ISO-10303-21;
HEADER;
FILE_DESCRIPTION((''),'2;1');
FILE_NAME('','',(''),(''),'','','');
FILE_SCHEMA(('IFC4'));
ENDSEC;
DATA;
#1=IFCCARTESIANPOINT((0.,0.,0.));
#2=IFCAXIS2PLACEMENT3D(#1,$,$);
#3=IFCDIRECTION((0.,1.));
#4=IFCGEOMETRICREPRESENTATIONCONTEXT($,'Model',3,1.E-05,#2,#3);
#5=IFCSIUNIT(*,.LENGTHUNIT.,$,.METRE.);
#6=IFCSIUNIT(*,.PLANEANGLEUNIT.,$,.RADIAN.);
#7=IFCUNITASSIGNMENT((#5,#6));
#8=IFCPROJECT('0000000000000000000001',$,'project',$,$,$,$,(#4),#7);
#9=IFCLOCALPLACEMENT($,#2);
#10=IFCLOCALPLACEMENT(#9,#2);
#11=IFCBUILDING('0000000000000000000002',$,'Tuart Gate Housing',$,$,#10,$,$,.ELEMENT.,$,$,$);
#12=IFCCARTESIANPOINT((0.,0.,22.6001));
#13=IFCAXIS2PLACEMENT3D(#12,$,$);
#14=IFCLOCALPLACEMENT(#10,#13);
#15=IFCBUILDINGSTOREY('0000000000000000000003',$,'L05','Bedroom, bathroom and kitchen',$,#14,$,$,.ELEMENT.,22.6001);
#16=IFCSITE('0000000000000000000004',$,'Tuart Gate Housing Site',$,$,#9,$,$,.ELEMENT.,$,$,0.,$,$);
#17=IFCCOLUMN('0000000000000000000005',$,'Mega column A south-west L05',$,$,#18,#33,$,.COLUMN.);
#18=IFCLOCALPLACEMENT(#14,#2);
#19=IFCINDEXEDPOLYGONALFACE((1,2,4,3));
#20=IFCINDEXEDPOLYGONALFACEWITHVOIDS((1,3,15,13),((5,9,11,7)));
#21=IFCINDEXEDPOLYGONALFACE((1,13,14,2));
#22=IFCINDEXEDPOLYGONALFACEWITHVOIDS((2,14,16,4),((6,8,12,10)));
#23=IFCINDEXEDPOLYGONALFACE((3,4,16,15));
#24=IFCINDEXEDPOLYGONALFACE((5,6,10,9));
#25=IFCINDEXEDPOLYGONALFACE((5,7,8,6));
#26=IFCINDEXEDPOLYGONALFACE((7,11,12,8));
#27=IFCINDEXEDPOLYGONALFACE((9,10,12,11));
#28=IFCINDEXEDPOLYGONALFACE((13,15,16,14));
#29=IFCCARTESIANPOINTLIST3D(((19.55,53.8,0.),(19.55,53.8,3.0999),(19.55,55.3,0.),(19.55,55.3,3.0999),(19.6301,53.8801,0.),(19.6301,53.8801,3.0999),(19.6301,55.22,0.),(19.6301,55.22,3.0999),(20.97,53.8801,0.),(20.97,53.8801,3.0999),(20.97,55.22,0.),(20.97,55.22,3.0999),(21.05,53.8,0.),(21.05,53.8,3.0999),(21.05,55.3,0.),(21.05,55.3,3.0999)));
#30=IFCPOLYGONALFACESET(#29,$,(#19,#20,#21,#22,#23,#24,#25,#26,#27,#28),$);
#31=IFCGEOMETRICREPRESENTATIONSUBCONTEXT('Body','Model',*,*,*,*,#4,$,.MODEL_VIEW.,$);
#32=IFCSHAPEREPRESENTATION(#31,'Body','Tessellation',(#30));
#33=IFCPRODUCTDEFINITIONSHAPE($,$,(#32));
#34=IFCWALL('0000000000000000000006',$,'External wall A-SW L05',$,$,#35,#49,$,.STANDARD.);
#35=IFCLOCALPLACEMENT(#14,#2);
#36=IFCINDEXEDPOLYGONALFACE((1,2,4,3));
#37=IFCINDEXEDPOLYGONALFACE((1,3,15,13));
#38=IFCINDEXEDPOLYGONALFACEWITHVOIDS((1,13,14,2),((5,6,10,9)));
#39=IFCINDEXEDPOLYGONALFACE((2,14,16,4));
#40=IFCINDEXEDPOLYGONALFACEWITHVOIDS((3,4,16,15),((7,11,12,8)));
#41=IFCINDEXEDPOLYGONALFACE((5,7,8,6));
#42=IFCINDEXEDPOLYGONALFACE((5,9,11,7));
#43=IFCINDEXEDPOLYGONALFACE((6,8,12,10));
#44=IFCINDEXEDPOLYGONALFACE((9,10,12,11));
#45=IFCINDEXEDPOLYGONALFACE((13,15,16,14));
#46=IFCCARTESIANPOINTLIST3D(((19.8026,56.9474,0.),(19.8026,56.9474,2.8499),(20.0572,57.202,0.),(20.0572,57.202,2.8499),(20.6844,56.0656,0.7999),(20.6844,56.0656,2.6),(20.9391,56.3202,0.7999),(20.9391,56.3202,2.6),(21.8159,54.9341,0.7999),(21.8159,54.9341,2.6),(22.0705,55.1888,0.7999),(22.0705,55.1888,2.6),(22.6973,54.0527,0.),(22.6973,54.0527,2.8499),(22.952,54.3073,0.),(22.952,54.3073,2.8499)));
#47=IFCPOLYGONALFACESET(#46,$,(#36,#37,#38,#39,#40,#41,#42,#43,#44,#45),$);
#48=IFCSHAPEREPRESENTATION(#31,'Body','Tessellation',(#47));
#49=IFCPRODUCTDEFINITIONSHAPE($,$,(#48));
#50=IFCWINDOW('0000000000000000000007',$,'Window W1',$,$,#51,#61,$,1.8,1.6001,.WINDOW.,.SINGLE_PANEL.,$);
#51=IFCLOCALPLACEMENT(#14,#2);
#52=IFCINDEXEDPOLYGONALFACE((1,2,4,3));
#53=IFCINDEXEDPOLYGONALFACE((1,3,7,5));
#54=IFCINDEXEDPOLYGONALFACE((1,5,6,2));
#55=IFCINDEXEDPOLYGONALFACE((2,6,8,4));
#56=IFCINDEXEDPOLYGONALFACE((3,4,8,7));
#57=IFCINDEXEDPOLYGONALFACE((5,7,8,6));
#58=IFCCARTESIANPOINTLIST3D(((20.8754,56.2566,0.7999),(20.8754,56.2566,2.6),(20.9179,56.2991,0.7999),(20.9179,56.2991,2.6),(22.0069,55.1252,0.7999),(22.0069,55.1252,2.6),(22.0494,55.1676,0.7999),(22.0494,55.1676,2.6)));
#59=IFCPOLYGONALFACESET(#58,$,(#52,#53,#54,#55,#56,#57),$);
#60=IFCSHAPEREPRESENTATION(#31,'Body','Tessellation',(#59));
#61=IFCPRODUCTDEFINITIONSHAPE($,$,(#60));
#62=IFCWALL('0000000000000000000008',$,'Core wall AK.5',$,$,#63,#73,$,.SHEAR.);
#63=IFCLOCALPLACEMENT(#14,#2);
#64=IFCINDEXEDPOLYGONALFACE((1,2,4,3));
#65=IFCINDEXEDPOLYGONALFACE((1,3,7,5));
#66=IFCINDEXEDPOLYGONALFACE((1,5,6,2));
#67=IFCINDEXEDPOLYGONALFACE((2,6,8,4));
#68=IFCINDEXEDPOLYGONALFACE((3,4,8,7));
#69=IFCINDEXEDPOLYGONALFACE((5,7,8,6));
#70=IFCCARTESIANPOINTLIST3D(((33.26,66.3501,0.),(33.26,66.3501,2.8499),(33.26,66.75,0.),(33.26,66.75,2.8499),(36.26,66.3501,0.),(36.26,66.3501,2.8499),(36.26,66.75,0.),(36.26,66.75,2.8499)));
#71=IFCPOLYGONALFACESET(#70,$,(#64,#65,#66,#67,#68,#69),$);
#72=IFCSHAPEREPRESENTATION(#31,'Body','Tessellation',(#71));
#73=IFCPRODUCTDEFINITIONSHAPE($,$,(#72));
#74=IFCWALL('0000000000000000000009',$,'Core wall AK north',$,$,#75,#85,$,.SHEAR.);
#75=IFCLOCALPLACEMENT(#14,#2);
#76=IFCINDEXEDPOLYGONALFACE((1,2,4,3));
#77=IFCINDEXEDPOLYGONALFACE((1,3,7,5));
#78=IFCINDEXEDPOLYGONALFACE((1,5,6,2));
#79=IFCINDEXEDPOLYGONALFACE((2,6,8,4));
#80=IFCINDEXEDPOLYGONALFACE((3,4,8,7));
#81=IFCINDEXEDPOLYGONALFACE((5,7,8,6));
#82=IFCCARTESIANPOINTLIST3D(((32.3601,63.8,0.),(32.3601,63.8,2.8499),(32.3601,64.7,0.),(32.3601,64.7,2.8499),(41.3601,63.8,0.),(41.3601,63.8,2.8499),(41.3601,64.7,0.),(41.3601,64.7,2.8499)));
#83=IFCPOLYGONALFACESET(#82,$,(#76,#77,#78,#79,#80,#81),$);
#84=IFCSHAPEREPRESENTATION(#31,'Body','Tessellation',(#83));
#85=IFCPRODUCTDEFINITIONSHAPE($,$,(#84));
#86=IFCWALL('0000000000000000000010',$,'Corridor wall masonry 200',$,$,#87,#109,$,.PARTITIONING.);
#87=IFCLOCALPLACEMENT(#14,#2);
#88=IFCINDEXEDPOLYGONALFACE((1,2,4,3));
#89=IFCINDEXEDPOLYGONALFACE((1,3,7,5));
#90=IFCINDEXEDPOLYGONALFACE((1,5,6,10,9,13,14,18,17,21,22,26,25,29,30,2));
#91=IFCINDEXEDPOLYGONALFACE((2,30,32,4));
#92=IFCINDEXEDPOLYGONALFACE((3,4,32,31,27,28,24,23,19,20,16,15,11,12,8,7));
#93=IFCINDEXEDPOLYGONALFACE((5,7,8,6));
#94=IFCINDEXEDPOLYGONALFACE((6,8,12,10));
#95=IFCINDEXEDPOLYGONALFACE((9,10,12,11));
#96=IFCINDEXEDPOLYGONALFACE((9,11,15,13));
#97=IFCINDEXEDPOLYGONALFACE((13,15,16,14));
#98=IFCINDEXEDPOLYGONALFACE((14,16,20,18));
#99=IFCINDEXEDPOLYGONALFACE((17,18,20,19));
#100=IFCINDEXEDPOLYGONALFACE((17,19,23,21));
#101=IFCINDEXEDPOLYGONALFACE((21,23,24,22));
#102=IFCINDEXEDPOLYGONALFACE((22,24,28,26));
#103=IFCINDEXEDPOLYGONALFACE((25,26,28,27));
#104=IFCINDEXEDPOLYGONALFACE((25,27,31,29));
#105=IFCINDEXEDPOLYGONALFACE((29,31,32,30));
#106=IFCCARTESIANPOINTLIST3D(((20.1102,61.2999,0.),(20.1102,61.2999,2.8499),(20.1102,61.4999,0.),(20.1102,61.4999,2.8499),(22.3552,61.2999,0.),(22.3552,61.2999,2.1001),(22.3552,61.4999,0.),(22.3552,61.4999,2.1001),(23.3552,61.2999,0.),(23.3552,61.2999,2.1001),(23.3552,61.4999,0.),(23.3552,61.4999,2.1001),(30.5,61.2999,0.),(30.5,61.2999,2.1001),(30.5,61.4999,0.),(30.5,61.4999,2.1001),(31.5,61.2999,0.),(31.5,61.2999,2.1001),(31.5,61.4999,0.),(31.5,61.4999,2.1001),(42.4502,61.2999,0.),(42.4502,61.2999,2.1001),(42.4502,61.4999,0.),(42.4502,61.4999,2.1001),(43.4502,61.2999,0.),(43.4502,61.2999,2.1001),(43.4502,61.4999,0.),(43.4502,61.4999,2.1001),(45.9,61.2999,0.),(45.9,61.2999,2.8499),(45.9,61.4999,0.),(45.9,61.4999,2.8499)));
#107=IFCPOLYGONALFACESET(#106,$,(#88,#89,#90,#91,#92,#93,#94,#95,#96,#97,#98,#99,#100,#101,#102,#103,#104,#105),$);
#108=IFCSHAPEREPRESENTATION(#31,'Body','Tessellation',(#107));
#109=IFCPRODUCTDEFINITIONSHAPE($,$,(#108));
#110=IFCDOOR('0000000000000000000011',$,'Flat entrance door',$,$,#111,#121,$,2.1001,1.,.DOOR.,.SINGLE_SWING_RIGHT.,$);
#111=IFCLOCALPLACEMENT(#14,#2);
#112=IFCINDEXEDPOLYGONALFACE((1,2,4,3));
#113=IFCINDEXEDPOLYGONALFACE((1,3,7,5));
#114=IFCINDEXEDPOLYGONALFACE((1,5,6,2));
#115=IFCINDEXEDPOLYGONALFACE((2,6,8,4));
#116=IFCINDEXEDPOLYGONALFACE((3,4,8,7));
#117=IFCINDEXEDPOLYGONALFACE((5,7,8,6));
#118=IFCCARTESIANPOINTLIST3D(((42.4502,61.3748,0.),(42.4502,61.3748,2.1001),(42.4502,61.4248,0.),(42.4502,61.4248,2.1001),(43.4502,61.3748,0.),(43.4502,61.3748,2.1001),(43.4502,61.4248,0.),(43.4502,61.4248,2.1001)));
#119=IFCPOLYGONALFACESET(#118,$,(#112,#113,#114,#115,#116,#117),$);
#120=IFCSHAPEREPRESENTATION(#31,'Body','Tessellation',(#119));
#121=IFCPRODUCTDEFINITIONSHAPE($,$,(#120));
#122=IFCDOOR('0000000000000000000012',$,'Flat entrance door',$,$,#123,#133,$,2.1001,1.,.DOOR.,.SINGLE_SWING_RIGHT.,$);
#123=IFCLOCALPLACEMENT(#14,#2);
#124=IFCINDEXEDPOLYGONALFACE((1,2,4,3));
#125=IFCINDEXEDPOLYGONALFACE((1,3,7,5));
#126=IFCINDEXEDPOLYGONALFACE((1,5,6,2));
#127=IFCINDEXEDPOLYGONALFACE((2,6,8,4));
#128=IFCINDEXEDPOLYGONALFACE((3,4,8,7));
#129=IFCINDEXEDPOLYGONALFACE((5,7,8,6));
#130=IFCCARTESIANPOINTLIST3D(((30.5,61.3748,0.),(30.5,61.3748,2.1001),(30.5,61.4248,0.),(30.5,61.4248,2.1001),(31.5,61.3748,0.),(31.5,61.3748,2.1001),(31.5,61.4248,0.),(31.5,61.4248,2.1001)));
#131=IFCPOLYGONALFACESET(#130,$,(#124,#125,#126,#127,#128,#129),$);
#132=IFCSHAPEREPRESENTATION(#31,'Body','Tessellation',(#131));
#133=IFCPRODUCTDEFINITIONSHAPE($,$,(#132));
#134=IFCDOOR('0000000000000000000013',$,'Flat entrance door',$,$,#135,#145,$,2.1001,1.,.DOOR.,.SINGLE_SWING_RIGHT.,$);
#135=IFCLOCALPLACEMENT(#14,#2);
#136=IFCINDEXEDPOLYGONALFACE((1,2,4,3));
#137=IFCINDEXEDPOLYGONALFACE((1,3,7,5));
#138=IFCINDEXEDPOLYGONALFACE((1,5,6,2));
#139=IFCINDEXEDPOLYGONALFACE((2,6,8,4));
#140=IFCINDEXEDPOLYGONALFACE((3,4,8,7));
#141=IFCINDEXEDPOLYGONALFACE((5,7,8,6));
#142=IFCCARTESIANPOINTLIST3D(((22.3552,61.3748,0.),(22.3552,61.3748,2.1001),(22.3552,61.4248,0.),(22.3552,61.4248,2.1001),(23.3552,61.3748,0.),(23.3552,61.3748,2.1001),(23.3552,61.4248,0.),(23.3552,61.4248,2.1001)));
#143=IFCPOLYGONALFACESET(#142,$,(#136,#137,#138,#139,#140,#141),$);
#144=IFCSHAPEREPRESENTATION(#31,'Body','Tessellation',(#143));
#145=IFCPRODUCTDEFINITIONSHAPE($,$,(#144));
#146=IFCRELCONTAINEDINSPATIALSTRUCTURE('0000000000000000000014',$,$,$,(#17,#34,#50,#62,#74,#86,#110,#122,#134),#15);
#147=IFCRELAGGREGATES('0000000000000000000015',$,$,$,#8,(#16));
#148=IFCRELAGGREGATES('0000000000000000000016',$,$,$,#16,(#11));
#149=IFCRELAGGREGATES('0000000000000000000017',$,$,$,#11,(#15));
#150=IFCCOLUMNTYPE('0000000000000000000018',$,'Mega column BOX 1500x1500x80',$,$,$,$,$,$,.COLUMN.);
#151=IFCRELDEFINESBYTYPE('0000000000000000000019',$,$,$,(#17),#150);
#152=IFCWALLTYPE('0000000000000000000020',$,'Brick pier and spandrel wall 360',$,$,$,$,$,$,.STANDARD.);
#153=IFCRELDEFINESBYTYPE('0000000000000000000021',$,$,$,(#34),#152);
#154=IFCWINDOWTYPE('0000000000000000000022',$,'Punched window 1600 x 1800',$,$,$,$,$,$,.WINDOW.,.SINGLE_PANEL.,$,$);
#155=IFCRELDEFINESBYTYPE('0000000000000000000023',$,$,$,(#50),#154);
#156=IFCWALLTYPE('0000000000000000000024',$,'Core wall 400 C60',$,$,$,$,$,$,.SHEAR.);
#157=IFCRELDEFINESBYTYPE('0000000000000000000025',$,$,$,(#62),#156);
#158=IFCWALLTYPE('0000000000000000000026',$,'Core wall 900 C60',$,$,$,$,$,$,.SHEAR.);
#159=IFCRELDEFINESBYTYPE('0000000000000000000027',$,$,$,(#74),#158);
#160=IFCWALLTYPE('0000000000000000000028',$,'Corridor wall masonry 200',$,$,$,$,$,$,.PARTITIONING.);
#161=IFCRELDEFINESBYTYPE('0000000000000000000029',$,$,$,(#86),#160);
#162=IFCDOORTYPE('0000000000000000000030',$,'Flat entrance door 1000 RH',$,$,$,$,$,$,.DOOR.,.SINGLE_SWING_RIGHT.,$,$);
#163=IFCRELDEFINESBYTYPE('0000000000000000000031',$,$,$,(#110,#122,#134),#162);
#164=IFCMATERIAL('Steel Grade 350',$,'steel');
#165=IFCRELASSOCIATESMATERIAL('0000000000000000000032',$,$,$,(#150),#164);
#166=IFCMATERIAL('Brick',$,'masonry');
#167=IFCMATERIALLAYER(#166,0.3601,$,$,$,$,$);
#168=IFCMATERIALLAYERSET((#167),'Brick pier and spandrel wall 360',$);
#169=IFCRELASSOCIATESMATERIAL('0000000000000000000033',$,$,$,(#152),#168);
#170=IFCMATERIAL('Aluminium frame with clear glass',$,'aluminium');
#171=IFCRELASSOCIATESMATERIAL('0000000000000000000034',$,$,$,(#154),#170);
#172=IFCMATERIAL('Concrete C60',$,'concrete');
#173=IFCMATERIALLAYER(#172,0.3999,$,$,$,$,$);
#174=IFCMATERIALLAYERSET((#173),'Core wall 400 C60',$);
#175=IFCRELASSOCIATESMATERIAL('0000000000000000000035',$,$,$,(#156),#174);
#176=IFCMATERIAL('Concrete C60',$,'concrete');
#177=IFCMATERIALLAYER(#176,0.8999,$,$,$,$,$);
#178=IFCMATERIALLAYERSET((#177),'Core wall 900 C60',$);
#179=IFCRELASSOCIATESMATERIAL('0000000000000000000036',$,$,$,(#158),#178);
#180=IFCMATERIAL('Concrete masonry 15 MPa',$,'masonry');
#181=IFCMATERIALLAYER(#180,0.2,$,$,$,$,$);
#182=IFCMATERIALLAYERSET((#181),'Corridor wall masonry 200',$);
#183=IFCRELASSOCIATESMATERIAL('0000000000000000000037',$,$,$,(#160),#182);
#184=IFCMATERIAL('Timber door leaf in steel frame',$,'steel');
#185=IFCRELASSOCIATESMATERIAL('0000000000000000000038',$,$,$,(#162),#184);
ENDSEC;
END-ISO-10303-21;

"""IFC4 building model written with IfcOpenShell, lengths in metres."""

from ifc_helpers import new_model, si_unit, direction, frame, frame_2d, origin, origin_2d, place, context, subcontext, project, spatial, rectangle, hollow_rectangle, extrude, material, layer, layer_set, material_profile, profile_set, type_object, element, fill, save


model = new_model("IFC4")

# Units and contexts
model_context = context("Model", 3, precision=1e-05, world=origin(), true_north=direction((0.0, 1.0)))
body_context = subcontext(model_context, "Body", "Model", "MODEL_VIEW")
ifc_project = project(units=[si_unit("LENGTHUNIT", "METRE"), si_unit("PLANEANGLEUNIT", "RADIAN")], contexts=[model_context])

# Site, building, storey
site_placement = place(None, origin())
site = spatial("IfcSite", under=ifc_project, at=site_placement, Name="Tuart Gate Housing Site", CompositionType="ELEMENT", RefElevation=0.0)
building_placement = place(site_placement, origin())
building = spatial("IfcBuilding", under=site, at=building_placement, Name="Tuart Gate Housing", CompositionType="ELEMENT")
storey_placement = place(building_placement, frame((0.0, 0.0, 22.6001)))
storey = spatial("IfcBuildingStorey", under=building, at=storey_placement, Name="L05", Description="Bedroom, bathroom and kitchen", CompositionType="ELEMENT", Elevation=22.6001)

# Column
ifc_material_1 = material(Name="Steel Grade 350", Category="steel")
ifc_material_profile = material_profile(ifc_material_1, hollow_rectangle(XDim=1.5, YDim=1.5, WallThickness=0.0801, at=origin_2d()), Name="BOX 1500x1500x80")
ifc_profile_set = profile_set([ifc_material_profile], Name="Steel Grade 350")
column_type = type_object("IfcColumnType", Name="Mega column BOX 1500x1500x80", PredefinedType="COLUMN", material=ifc_profile_set)
column_placement = place(storey_placement, frame((20.3, 54.55, 0.0), z_axis=(0.0, 0.0, 1.0), x_axis=(1.0, 0.0, 0.0)))
element("IfcColumn", 1, at=column_placement, inside=storey, type_object=column_type, Name="Mega column A south-west L05", PredefinedType="COLUMN", context=body_context, shape_type="SweptSolid", body=[
    extrude(hollow_rectangle(XDim=1.5, YDim=1.5, WallThickness=0.0801, at=origin_2d()), origin(), (0.0, 0.0, 1.0), 3.0999),
])

# Wall, opening, window
ifc_material_2 = material(Name="Brick", Category="masonry")
ifc_layer_1 = layer(ifc_material_2, 0.3601)
ifc_layer_set_1 = layer_set([ifc_layer_1], Name="Brick pier and spandrel wall 360")
wall_type_1 = type_object("IfcWallType", Name="Brick pier and spandrel wall 360", PredefinedType="STANDARD", material=ifc_layer_set_1)
wall_1_placement = place(storey_placement, frame((19.9299, 57.0747, 0.0), z_axis=(0.0, 0.0, 1.0), x_axis=(0.707107, -0.707107, 0.0)))
wall_1 = element("IfcWall", 2, at=wall_1_placement, inside=storey, type_object=wall_type_1, Name="External wall A-SW L05", PredefinedType="STANDARD", context=body_context, shape_type="SweptSolid", body=[
    extrude(rectangle(XDim=4.0938, YDim=0.3601, at=frame_2d((2.0469, 0.0))), origin(), (0.0, 0.0, 1.0), 2.8499),
])
opening_1_placement = place(wall_1_placement, frame((1.2471, 0.0, 0.8)))
opening_1 = element("IfcOpeningElement", 3, at=opening_1_placement, cuts=wall_1, PredefinedType="OPENING", context=body_context, shape_type="SweptSolid", body=[
    extrude(rectangle(XDim=1.6001, YDim=1.8, at=frame_2d((0.8, 0.8999))), frame((0.0, 0.1899, 0.0), z_axis=(0.0, -1.0, 0.0), x_axis=(1.0, 0.0, 0.0)), (0.0, 0.0, 1.0), 0.3801),
])
ifc_material_3 = material(Name="Aluminium frame with clear glass", Category="aluminium")
window_type = type_object("IfcWindowType", Name="Punched window 1600 x 1800", PartitioningType="SINGLE_PANEL", PredefinedType="WINDOW", material=ifc_material_3)
window_placement = place(opening_1_placement, origin())
window = element("IfcWindow", 4, at=window_placement, inside=storey, type_object=window_type, Name="Window W1", OverallHeight=1.8, OverallWidth=1.6001, PartitioningType="SINGLE_PANEL", PredefinedType="WINDOW", context=body_context, shape_type="SweptSolid", body=[
    extrude(rectangle(XDim=1.6001, YDim=1.8, at=frame_2d((0.8, 0.8999))), frame((0.0, 0.1501, 0.0), z_axis=(0.0, -1.0, 0.0), x_axis=(1.0, 0.0, 0.0)), (0.0, 0.0, 1.0), 0.0601),
])
fill(opening_1, window)

# Walls
ifc_material_4 = material(Name="Concrete C60", Category="concrete")
ifc_layer_2 = layer(ifc_material_4, 0.3999)
ifc_layer_set_2 = layer_set([ifc_layer_2], Name="Core wall 400 C60")
wall_type_2 = type_object("IfcWallType", Name="Core wall 400 C60", PredefinedType="SHEAR", material=ifc_layer_set_2)
wall_2_placement = place(storey_placement, frame((36.26, 66.55, 0.0), z_axis=(0.0, 0.0, 1.0), x_axis=(-1.0, 0.0, 0.0)))
element("IfcWall", 5, at=wall_2_placement, inside=storey, type_object=wall_type_2, Name="Core wall AK.5", PredefinedType="SHEAR", context=body_context, shape_type="SweptSolid", body=[
    extrude(rectangle(XDim=3.0, YDim=0.3999, at=frame_2d((1.5, 0.0))), origin(), (0.0, 0.0, 1.0), 2.8499),
])
ifc_material_5 = material(Name="Concrete C60", Category="concrete")
ifc_layer_3 = layer(ifc_material_5, 0.8999)
ifc_layer_set_3 = layer_set([ifc_layer_3], Name="Core wall 900 C60")
wall_type_3 = type_object("IfcWallType", Name="Core wall 900 C60", PredefinedType="SHEAR", material=ifc_layer_set_3)
wall_3_placement = place(storey_placement, frame((41.3601, 64.25, 0.0), z_axis=(0.0, 0.0, 1.0), x_axis=(-1.0, 0.0, 0.0)))
element("IfcWall", 6, at=wall_3_placement, inside=storey, type_object=wall_type_3, Name="Core wall AK north", PredefinedType="SHEAR", context=body_context, shape_type="SweptSolid", body=[
    extrude(rectangle(XDim=9.0, YDim=0.8999, at=frame_2d((4.5, 0.0))), origin(), (0.0, 0.0, 1.0), 2.8499),
])

# Wall, openings, doors
ifc_material_6 = material(Name="Concrete masonry 15 MPa", Category="masonry")
ifc_layer_4 = layer(ifc_material_6, 0.2)
ifc_layer_set_4 = layer_set([ifc_layer_4], Name="Corridor wall masonry 200")
wall_type_4 = type_object("IfcWallType", Name="Corridor wall masonry 200", PredefinedType="PARTITIONING", material=ifc_layer_set_4)
wall_4_placement = place(storey_placement, frame((20.1101, 61.3999, 0.0), z_axis=(0.0, 0.0, 1.0), x_axis=(1.0, 0.0, 0.0)))
wall_4 = element("IfcWall", 7, at=wall_4_placement, inside=storey, type_object=wall_type_4, Name="Corridor wall masonry 200", PredefinedType="PARTITIONING", context=body_context, shape_type="SweptSolid", body=[
    extrude(rectangle(XDim=25.7898, YDim=0.2, at=frame_2d((12.895, 0.0))), origin(), (0.0, 0.0, 1.0), 2.8499),
])
opening_2_placement = place(wall_4_placement, frame((22.3401, 0.0, 0.0)))
opening_2 = element("IfcOpeningElement", 8, at=opening_2_placement, cuts=wall_4, PredefinedType="OPENING", context=body_context, shape_type="SweptSolid", body=[
    extrude(rectangle(XDim=1.0, YDim=2.1001, at=frame_2d((0.5, 1.05))), frame((0.0, 0.1099, 0.0), z_axis=(0.0, -1.0, 0.0), x_axis=(1.0, 0.0, 0.0)), (0.0, 0.0, 1.0), 0.22),
])
opening_3_placement = place(wall_4_placement, frame((10.3899, 0.0, 0.0)))
opening_3 = element("IfcOpeningElement", 9, at=opening_3_placement, cuts=wall_4, PredefinedType="OPENING", context=body_context, shape_type="SweptSolid", body=[
    extrude(rectangle(XDim=1.0, YDim=2.1001, at=frame_2d((0.5, 1.05))), frame((0.0, 0.1099, 0.0), z_axis=(0.0, -1.0, 0.0), x_axis=(1.0, 0.0, 0.0)), (0.0, 0.0, 1.0), 0.22),
])
opening_4_placement = place(wall_4_placement, frame((2.2451, 0.0, 0.0)))
opening_4 = element("IfcOpeningElement", 10, at=opening_4_placement, cuts=wall_4, PredefinedType="OPENING", context=body_context, shape_type="SweptSolid", body=[
    extrude(rectangle(XDim=1.0, YDim=2.1001, at=frame_2d((0.5, 1.05))), frame((0.0, 0.1099, 0.0), z_axis=(0.0, -1.0, 0.0), x_axis=(1.0, 0.0, 0.0)), (0.0, 0.0, 1.0), 0.22),
])
ifc_material_7 = material(Name="Timber door leaf in steel frame", Category="steel")
door_type_1 = type_object("IfcDoorType", Name="Flat entrance door 1000 RH", OperationType="SINGLE_SWING_RIGHT", PredefinedType="DOOR", material=ifc_material_7)
door_1_placement = place(opening_2_placement, frame((1.0, 0.0, 0.0), z_axis=(0.0, 0.0, 1.0), x_axis=(-1.0, 0.0, 0.0)))
door_1 = element("IfcDoor", 11, at=door_1_placement, inside=storey, type_object=door_type_1, Name="Flat entrance door", OperationType="SINGLE_SWING_RIGHT", OverallHeight=2.1001, OverallWidth=1.0, PredefinedType="DOOR", context=body_context, shape_type="SweptSolid", body=[
    extrude(rectangle(XDim=1.0, YDim=2.1001, at=frame_2d((0.5, 1.05))), frame((0.0, 0.0251, 0.0), z_axis=(0.0, -1.0, 0.0), x_axis=(1.0, 0.0, 0.0)), (0.0, 0.0, 1.0), 0.05),
])
fill(opening_2, door_1)
door_2_placement = place(opening_3_placement, frame((1.0, 0.0, 0.0), z_axis=(0.0, 0.0, 1.0), x_axis=(-1.0, 0.0, 0.0)))
door_2 = element("IfcDoor", 12, at=door_2_placement, inside=storey, type_object=door_type_1, Name="Flat entrance door", OperationType="SINGLE_SWING_RIGHT", OverallHeight=2.1001, OverallWidth=1.0, PredefinedType="DOOR", context=body_context, shape_type="SweptSolid", body=[
    extrude(rectangle(XDim=1.0, YDim=2.1001, at=frame_2d((0.5, 1.05))), frame((0.0, 0.0251, 0.0), z_axis=(0.0, -1.0, 0.0), x_axis=(1.0, 0.0, 0.0)), (0.0, 0.0, 1.0), 0.05),
])
fill(opening_3, door_2)
door_3_placement = place(opening_4_placement, frame((1.0, 0.0, 0.0), z_axis=(0.0, 0.0, 1.0), x_axis=(-1.0, 0.0, 0.0)))
door_3 = element("IfcDoor", 13, at=door_3_placement, inside=storey, type_object=door_type_1, Name="Flat entrance door", OperationType="SINGLE_SWING_RIGHT", OverallHeight=2.1001, OverallWidth=1.0, PredefinedType="DOOR", context=body_context, shape_type="SweptSolid", body=[
    extrude(rectangle(XDim=1.0, YDim=2.1001, at=frame_2d((0.5, 1.05))), frame((0.0, 0.0251, 0.0), z_axis=(0.0, -1.0, 0.0), x_axis=(1.0, 0.0, 0.0)), (0.0, 0.0, 1.0), 0.05),
])
fill(opening_4, door_3)

save(model, "model.ifc")
